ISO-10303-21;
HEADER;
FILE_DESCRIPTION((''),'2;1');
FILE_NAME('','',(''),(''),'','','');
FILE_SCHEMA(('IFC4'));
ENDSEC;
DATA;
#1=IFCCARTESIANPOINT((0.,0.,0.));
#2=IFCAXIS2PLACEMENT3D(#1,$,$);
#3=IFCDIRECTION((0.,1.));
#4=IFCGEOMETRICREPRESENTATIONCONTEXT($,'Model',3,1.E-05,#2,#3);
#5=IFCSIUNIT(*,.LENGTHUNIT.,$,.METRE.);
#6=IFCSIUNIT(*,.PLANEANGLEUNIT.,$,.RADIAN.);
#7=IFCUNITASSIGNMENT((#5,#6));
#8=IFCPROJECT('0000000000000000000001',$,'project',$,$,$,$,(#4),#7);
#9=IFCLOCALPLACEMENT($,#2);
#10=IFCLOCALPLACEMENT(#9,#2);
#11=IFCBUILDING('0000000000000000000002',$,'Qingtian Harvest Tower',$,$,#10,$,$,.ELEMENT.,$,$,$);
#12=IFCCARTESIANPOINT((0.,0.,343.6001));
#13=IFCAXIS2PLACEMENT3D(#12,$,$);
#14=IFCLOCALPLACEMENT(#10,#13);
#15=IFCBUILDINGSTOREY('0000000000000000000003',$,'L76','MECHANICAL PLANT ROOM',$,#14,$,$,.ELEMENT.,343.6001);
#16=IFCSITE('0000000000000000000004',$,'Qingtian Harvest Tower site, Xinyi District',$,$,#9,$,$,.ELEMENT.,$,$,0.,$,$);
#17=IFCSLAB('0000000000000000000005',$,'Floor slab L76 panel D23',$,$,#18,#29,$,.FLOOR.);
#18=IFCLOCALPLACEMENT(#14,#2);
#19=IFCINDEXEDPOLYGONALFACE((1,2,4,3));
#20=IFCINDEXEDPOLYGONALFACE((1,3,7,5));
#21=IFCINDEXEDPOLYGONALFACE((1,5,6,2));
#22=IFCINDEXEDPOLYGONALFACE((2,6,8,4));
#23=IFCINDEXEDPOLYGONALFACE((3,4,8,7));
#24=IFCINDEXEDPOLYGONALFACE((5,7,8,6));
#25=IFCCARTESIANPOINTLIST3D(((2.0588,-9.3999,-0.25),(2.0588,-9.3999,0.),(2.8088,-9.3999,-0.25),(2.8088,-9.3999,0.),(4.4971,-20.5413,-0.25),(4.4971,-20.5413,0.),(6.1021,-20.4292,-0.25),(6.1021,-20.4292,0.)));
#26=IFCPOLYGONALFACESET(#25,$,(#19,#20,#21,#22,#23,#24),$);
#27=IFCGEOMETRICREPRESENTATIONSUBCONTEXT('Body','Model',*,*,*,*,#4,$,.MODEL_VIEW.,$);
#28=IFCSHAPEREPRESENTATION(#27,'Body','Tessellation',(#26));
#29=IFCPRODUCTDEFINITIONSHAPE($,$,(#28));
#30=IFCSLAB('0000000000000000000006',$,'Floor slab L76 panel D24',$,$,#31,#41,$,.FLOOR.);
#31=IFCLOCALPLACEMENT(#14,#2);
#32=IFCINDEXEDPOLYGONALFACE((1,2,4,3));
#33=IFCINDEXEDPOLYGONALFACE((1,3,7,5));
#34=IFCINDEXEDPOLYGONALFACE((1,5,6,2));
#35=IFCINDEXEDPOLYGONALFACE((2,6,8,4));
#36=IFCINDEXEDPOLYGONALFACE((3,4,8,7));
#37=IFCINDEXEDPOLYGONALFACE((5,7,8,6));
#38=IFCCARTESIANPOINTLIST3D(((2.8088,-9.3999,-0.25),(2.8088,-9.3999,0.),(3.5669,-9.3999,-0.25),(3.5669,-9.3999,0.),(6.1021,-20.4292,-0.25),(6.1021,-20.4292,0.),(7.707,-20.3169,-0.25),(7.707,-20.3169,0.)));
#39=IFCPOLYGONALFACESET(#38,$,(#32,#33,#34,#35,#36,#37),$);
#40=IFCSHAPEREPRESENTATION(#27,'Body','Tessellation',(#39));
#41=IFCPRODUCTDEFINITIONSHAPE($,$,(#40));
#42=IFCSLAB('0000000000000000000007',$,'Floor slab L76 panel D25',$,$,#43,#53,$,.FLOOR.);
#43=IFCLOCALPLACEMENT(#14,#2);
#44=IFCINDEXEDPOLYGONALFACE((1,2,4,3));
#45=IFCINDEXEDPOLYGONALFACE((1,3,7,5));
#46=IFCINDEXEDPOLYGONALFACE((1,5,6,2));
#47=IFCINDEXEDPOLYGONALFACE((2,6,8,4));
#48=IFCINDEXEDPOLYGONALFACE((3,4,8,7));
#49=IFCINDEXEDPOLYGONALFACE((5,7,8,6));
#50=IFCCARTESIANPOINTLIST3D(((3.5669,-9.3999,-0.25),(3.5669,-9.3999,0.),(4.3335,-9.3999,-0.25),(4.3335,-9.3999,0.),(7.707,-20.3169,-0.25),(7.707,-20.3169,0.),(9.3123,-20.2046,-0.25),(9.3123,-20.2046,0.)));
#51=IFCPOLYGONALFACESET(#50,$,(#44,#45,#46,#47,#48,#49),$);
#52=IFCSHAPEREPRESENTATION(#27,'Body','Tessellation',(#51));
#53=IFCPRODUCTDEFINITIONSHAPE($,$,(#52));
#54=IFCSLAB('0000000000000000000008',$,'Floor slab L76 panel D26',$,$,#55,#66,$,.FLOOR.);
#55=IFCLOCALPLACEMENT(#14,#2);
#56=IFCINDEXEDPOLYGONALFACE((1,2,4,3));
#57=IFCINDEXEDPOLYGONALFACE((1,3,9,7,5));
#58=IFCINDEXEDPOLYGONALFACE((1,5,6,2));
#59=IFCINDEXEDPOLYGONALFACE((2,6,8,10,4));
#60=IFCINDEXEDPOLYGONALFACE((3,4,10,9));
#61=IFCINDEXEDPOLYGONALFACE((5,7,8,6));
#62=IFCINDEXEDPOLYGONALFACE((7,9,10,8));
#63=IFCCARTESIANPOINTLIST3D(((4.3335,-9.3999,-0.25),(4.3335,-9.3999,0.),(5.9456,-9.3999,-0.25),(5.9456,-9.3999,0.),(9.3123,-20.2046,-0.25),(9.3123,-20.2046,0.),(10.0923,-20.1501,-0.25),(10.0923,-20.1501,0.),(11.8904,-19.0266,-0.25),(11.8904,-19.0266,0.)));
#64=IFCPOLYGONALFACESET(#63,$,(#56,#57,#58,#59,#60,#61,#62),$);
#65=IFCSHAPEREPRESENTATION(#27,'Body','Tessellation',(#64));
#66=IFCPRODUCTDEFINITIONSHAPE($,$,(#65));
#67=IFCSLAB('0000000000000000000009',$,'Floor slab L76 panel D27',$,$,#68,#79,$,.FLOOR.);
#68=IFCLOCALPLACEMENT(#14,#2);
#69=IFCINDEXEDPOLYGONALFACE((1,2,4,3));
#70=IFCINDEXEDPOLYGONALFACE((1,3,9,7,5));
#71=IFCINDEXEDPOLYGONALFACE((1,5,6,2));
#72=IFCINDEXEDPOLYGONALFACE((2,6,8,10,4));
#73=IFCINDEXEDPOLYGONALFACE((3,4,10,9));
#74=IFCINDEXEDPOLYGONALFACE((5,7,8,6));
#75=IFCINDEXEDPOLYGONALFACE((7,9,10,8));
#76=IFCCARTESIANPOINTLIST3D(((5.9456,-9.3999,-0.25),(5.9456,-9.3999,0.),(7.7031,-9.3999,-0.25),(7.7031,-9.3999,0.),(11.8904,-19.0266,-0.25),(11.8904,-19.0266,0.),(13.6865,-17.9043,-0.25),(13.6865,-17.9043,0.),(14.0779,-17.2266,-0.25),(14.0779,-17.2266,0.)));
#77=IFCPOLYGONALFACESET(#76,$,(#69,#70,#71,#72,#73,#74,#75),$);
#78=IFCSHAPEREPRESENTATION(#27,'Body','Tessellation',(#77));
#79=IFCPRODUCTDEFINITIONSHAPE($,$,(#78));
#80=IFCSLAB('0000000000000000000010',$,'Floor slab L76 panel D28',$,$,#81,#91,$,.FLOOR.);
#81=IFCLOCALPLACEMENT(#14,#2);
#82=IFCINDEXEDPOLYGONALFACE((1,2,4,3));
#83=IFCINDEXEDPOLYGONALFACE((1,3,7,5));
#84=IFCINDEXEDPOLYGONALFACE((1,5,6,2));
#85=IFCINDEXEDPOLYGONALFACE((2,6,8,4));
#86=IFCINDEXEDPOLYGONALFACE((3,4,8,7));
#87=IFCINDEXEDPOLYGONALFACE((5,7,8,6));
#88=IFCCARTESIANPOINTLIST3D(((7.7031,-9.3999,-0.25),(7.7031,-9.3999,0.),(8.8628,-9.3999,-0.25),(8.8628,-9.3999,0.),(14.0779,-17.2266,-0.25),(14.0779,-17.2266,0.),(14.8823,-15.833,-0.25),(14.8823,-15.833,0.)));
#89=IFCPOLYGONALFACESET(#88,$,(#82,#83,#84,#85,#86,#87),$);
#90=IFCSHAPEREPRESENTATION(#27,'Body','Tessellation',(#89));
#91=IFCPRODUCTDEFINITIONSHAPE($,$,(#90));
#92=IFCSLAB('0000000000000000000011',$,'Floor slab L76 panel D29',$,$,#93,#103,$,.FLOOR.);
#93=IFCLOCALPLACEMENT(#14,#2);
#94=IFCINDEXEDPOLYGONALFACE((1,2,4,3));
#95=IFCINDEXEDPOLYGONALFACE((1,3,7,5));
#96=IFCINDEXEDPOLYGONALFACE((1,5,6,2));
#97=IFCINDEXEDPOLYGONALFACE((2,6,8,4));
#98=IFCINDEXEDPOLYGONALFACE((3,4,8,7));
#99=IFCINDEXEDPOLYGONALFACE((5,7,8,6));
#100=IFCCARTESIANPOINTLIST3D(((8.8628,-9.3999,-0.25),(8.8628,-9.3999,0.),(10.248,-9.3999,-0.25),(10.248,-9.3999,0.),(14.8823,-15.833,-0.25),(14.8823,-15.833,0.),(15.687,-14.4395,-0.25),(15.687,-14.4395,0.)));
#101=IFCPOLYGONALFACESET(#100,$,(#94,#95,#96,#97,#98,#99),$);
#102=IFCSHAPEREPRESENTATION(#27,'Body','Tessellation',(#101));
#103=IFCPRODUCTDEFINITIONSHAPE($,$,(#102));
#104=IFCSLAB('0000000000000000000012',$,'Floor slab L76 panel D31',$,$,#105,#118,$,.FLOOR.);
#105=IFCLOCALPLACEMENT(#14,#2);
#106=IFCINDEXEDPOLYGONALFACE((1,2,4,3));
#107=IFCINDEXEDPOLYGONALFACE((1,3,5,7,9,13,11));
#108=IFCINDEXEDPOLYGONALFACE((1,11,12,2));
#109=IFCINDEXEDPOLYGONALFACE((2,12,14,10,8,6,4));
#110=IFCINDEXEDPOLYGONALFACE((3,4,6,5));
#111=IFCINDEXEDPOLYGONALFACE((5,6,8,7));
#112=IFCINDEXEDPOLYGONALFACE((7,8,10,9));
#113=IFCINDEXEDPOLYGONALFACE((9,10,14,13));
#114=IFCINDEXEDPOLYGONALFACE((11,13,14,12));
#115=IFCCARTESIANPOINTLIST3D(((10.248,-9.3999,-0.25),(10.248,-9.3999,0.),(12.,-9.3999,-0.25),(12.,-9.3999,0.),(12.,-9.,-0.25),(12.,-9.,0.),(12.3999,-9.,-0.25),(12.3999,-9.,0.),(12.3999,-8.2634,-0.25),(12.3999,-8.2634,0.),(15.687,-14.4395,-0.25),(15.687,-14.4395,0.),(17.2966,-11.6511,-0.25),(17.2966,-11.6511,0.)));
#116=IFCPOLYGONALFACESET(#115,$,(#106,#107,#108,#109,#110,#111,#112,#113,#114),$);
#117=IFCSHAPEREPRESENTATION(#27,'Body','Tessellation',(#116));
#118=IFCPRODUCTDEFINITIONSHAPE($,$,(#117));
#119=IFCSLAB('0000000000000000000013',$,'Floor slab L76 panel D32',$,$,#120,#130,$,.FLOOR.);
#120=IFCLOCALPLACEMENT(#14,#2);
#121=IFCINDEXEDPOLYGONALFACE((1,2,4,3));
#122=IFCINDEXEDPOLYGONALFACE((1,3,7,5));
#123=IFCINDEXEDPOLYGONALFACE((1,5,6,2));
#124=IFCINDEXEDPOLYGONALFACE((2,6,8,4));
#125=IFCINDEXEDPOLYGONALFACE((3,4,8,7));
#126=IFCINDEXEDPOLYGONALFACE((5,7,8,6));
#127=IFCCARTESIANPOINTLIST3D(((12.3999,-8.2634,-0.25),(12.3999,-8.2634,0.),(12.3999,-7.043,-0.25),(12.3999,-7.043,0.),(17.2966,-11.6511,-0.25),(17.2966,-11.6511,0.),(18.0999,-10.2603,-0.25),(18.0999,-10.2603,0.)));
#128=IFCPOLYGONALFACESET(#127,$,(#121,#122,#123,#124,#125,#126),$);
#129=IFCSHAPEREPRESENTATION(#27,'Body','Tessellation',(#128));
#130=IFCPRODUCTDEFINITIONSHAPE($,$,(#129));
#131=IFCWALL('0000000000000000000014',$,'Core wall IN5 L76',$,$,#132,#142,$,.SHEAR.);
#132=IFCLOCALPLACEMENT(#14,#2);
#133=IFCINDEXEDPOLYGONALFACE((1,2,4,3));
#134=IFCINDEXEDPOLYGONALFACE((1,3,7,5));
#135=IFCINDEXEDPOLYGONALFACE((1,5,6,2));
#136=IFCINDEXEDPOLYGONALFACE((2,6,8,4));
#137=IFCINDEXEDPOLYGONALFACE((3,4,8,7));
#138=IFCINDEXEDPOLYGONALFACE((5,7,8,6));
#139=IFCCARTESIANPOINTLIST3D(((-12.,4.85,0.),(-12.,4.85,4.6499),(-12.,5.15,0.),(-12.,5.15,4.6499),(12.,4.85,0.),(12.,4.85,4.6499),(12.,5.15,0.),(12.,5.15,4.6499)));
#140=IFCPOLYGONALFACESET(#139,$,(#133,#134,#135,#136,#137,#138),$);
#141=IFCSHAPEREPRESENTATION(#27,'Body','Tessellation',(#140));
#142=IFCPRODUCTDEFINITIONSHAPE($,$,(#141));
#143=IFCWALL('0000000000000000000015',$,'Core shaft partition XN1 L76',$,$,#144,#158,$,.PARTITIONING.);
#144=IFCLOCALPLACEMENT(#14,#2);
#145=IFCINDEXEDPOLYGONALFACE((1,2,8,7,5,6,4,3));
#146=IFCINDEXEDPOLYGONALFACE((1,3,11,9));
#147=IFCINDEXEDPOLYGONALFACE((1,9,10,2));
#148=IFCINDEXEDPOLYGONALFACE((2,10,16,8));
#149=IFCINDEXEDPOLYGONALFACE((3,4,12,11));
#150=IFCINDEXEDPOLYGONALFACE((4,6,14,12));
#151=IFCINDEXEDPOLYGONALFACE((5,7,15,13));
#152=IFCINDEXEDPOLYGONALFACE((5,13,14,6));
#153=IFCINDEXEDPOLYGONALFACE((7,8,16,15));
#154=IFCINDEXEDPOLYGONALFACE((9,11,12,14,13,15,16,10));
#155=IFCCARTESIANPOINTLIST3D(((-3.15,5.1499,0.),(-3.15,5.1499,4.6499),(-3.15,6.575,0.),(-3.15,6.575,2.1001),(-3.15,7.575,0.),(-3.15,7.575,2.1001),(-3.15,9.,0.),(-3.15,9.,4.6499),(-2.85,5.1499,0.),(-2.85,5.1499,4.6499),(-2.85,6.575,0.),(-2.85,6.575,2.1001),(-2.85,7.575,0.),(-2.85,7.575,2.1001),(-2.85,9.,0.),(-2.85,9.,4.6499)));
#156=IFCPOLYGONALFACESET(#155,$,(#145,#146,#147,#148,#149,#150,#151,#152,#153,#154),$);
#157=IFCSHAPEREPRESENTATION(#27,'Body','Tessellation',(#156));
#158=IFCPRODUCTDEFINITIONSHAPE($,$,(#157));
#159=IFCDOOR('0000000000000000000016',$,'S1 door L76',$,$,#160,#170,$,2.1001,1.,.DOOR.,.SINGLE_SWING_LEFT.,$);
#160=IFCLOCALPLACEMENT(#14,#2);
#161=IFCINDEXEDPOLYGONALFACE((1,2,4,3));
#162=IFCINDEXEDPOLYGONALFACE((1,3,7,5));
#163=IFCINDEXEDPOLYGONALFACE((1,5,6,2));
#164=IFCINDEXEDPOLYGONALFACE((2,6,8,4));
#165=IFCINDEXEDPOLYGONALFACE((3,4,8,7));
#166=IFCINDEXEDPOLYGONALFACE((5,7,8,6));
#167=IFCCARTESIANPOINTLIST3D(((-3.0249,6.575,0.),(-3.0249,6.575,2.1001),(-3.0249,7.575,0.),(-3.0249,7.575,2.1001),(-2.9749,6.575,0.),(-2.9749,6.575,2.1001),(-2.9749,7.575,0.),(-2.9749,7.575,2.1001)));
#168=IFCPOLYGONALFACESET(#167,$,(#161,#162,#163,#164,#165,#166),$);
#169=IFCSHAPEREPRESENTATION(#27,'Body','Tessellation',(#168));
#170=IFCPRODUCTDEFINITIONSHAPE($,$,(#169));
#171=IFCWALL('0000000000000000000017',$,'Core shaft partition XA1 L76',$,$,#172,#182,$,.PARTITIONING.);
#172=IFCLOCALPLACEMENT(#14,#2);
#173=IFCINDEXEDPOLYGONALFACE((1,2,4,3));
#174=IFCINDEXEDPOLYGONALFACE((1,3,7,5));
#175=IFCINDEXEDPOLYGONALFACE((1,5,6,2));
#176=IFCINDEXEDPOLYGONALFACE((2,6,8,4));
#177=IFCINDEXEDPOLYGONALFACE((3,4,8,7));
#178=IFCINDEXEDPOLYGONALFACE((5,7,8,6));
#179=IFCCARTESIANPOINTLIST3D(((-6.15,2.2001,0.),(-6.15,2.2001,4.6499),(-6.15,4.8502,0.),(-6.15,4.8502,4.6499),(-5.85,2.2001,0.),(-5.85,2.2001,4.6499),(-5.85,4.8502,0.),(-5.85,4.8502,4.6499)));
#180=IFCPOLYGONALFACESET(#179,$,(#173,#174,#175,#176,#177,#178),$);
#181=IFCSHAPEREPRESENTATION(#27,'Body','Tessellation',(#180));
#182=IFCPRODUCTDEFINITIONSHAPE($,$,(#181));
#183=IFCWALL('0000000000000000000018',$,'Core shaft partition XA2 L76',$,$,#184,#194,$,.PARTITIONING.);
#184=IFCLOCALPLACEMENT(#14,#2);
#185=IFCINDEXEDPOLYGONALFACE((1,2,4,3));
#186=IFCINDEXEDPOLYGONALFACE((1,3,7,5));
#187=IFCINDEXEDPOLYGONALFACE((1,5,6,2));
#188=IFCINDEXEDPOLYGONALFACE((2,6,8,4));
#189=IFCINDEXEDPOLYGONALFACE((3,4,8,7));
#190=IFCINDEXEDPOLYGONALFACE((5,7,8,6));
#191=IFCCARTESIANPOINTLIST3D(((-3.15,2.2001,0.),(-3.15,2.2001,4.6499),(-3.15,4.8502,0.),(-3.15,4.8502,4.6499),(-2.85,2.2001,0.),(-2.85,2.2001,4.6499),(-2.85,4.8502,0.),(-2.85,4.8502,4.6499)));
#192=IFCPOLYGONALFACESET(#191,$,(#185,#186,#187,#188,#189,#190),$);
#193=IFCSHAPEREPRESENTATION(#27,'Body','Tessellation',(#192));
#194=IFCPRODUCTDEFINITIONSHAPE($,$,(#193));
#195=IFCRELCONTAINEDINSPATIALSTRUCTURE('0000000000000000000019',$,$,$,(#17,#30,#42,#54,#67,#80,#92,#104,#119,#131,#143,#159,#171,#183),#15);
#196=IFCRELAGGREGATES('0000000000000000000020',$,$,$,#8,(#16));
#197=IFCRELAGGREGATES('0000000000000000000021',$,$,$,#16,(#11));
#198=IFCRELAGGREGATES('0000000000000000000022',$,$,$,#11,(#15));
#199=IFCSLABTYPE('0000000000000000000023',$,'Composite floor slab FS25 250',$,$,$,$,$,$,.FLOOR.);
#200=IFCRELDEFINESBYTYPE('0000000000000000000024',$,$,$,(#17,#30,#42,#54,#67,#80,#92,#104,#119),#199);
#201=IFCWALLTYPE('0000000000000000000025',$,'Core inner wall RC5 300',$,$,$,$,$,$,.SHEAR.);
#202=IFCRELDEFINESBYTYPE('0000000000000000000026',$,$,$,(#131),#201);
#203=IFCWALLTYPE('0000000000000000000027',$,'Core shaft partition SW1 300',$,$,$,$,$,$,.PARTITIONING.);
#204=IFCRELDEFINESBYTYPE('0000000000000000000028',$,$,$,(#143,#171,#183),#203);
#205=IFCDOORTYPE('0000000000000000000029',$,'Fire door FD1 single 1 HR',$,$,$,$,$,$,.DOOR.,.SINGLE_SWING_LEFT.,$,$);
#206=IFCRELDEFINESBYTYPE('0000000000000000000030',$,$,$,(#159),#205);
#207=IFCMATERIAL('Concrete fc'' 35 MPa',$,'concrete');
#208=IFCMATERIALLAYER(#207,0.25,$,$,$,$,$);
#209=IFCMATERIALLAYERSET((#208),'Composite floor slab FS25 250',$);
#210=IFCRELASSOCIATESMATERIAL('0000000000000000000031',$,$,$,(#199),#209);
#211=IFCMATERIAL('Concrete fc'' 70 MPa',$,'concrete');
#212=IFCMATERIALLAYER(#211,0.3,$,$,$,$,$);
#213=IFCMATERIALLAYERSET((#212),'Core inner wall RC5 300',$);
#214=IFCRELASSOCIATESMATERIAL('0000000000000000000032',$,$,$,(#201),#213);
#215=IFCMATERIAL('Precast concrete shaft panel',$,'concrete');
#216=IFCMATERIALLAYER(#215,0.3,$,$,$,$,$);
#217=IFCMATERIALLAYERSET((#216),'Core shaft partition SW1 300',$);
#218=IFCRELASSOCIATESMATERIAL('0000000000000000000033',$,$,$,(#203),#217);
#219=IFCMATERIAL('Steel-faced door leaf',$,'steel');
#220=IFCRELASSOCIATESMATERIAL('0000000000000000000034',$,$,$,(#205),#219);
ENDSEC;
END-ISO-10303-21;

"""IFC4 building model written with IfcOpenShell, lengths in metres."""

from ifc_helpers import new_model, si_unit, direction, frame, frame_2d, origin, place, context, subcontext, project, spatial, polyline, rectangle, outline, extrude, material, layer, layer_set, type_object, element, fill, save


model = new_model("IFC4")

# Units and contexts
model_context = context("Model", 3, precision=1e-05, world=origin(), true_north=direction((0.0, 1.0)))
body_context = subcontext(model_context, "Body", "Model", "MODEL_VIEW")
ifc_project = project(units=[si_unit("LENGTHUNIT", "METRE"), si_unit("PLANEANGLEUNIT", "RADIAN")], contexts=[model_context])

# Site, building, storey
site_placement = place(None, origin())
site = spatial("IfcSite", under=ifc_project, at=site_placement, Name="Qingtian Harvest Tower site, Xinyi District", CompositionType="ELEMENT", RefElevation=0.0)
building_placement = place(site_placement, origin())
building = spatial("IfcBuilding", under=site, at=building_placement, Name="Qingtian Harvest Tower", CompositionType="ELEMENT")
storey_placement = place(building_placement, frame((0.0, 0.0, 343.6001)))
storey = spatial("IfcBuildingStorey", under=building, at=storey_placement, Name="L76", Description="MECHANICAL PLANT ROOM", CompositionType="ELEMENT", Elevation=343.6001)

# Slabs
ifc_material_1 = material(Name="Concrete fc' 35 MPa", Category="concrete")
ifc_layer_1 = layer(ifc_material_1, 0.25)
ifc_layer_set_1 = layer_set([ifc_layer_1], Name="Composite floor slab FS25 250")
slab_type = type_object("IfcSlabType", Name="Composite floor slab FS25 250", PredefinedType="FLOOR", material=ifc_layer_set_1)
slab_1_placement = place(storey_placement, frame((0.0, 0.0, -0.25)))
element("IfcSlab", 1, at=slab_1_placement, inside=storey, type_object=slab_type, Name="Floor slab L76 panel D23", PredefinedType="FLOOR", context=body_context, shape_type="SweptSolid", body=[
    extrude(outline(polyline([(2.8088, -9.3999), (6.1021, -20.4292), (4.4971, -20.5413), (2.0588, -9.3999), (2.8088, -9.3999)])), origin(), (0.0, 0.0, 1.0), 0.25),
])
slab_2_placement = place(storey_placement, frame((0.0, 0.0, -0.25)))
element("IfcSlab", 2, at=slab_2_placement, inside=storey, type_object=slab_type, Name="Floor slab L76 panel D24", PredefinedType="FLOOR", context=body_context, shape_type="SweptSolid", body=[
    extrude(outline(polyline([(3.5669, -9.3999), (7.707, -20.3169), (6.1021, -20.4292), (2.8088, -9.3999), (3.5669, -9.3999)])), origin(), (0.0, 0.0, 1.0), 0.25),
])
slab_3_placement = place(storey_placement, frame((0.0, 0.0, -0.25)))
element("IfcSlab", 3, at=slab_3_placement, inside=storey, type_object=slab_type, Name="Floor slab L76 panel D25", PredefinedType="FLOOR", context=body_context, shape_type="SweptSolid", body=[
    extrude(outline(polyline([(4.3335, -9.3999), (9.3123, -20.2046), (7.707, -20.3169), (3.5669, -9.3999), (4.3335, -9.3999)])), origin(), (0.0, 0.0, 1.0), 0.25),
])
slab_4_placement = place(storey_placement, frame((0.0, 0.0, -0.25)))
element("IfcSlab", 4, at=slab_4_placement, inside=storey, type_object=slab_type, Name="Floor slab L76 panel D26", PredefinedType="FLOOR", context=body_context, shape_type="SweptSolid", body=[
    extrude(outline(polyline([(4.3335, -9.3999), (5.9456, -9.3999), (11.8904, -19.0266), (10.0923, -20.1501), (9.3123, -20.2046), (4.3335, -9.3999)])), origin(), (0.0, 0.0, 1.0), 0.25),
])
slab_5_placement = place(storey_placement, frame((0.0, 0.0, -0.25)))
element("IfcSlab", 5, at=slab_5_placement, inside=storey, type_object=slab_type, Name="Floor slab L76 panel D27", PredefinedType="FLOOR", context=body_context, shape_type="SweptSolid", body=[
    extrude(outline(polyline([(5.9456, -9.3999), (7.7031, -9.3999), (14.0779, -17.2266), (13.6865, -17.9043), (11.8904, -19.0266), (5.9456, -9.3999)])), origin(), (0.0, 0.0, 1.0), 0.25),
])
slab_6_placement = place(storey_placement, frame((0.0, 0.0, -0.25)))
element("IfcSlab", 6, at=slab_6_placement, inside=storey, type_object=slab_type, Name="Floor slab L76 panel D28", PredefinedType="FLOOR", context=body_context, shape_type="SweptSolid", body=[
    extrude(outline(polyline([(8.8628, -9.3999), (14.8823, -15.833), (14.0779, -17.2266), (7.7031, -9.3999), (8.8628, -9.3999)])), origin(), (0.0, 0.0, 1.0), 0.25),
])
slab_7_placement = place(storey_placement, frame((0.0, 0.0, -0.25)))
element("IfcSlab", 7, at=slab_7_placement, inside=storey, type_object=slab_type, Name="Floor slab L76 panel D29", PredefinedType="FLOOR", context=body_context, shape_type="SweptSolid", body=[
    extrude(outline(polyline([(10.248, -9.3999), (15.687, -14.4395), (14.8823, -15.833), (8.8628, -9.3999), (10.248, -9.3999)])), origin(), (0.0, 0.0, 1.0), 0.25),
])
slab_8_placement = place(storey_placement, frame((0.0, 0.0, -0.25)))
element("IfcSlab", 8, at=slab_8_placement, inside=storey, type_object=slab_type, Name="Floor slab L76 panel D31", PredefinedType="FLOOR", context=body_context, shape_type="SweptSolid", body=[
    extrude(outline(polyline([(12.3999, -8.2634), (17.2966, -11.6511), (15.687, -14.4395), (10.248, -9.3999), (12.0, -9.3999), (12.0, -9.0), (12.3999, -9.0), (12.3999, -8.2634)])), origin(), (0.0, 0.0, 1.0), 0.25),
])
slab_9_placement = place(storey_placement, frame((0.0, 0.0, -0.25)))
element("IfcSlab", 9, at=slab_9_placement, inside=storey, type_object=slab_type, Name="Floor slab L76 panel D32", PredefinedType="FLOOR", context=body_context, shape_type="SweptSolid", body=[
    extrude(outline(polyline([(12.3999, -7.043), (18.0999, -10.2603), (17.2966, -11.6511), (12.3999, -8.2634), (12.3999, -7.043)])), origin(), (0.0, 0.0, 1.0), 0.25),
])

# Wall
ifc_material_2 = material(Name="Concrete fc' 70 MPa", Category="concrete")
ifc_layer_2 = layer(ifc_material_2, 0.3)
ifc_layer_set_2 = layer_set([ifc_layer_2], Name="Core inner wall RC5 300")
wall_type_1 = type_object("IfcWallType", Name="Core inner wall RC5 300", PredefinedType="SHEAR", material=ifc_layer_set_2)
wall_1_placement = place(storey_placement, frame((-12.0, 5.0, 0.0), z_axis=(0.0, 0.0, 1.0), x_axis=(1.0, 0.0, 0.0)))
element("IfcWall", 10, at=wall_1_placement, inside=storey, type_object=wall_type_1, Name="Core wall IN5 L76", PredefinedType="SHEAR", context=body_context, shape_type="SweptSolid", body=[
    extrude(rectangle(XDim=24.0, YDim=0.3, at=frame_2d((12.0, 0.0))), origin(), (0.0, 0.0, 1.0), 4.6499),
])

# Wall, opening, door
ifc_material_3 = material(Name="Precast concrete shaft panel", Category="concrete")
ifc_layer_3 = layer(ifc_material_3, 0.3)
ifc_layer_set_3 = layer_set([ifc_layer_3], Name="Core shaft partition SW1 300")
wall_type_2 = type_object("IfcWallType", Name="Core shaft partition SW1 300", PredefinedType="PARTITIONING", material=ifc_layer_set_3)
wall_2_placement = place(storey_placement, frame((-3.0, 5.1499, 0.0), z_axis=(0.0, 0.0, 1.0), x_axis=(0.0, 1.0, 0.0)))
wall_2 = element("IfcWall", 11, at=wall_2_placement, inside=storey, type_object=wall_type_2, Name="Core shaft partition XN1 L76", PredefinedType="PARTITIONING", context=body_context, shape_type="SweptSolid", body=[
    extrude(rectangle(XDim=3.8501, YDim=0.3, at=frame_2d((1.925, 0.0))), origin(), (0.0, 0.0, 1.0), 4.6499),
])
opening_1_placement = place(wall_2_placement, frame((1.425, 0.0, 0.0)))
opening_1 = element("IfcOpeningElement", 12, at=opening_1_placement, cuts=wall_2, PredefinedType="OPENING", context=body_context, shape_type="SweptSolid", body=[
    extrude(rectangle(XDim=1.0, YDim=2.1001, at=frame_2d((0.5, 1.05))), frame((0.0, 0.1599, 0.0), z_axis=(0.0, -1.0, 0.0), x_axis=(1.0, 0.0, 0.0)), (0.0, 0.0, 1.0), 0.3201),
])
ifc_material_4 = material(Name="Steel-faced door leaf", Category="steel")
door_type_1 = type_object("IfcDoorType", Name="Fire door FD1 single 1 HR", OperationType="SINGLE_SWING_LEFT", PredefinedType="DOOR", material=ifc_material_4)
door_1_placement = place(opening_1_placement, origin())
door_1 = element("IfcDoor", 13, at=door_1_placement, inside=storey, type_object=door_type_1, Name="S1 door L76", OperationType="SINGLE_SWING_LEFT", OverallHeight=2.1001, OverallWidth=1.0, PredefinedType="DOOR", context=body_context, shape_type="SweptSolid", body=[
    extrude(rectangle(XDim=1.0, YDim=2.1001, at=frame_2d((0.5, 1.05))), frame((0.0, 0.0249, 0.0), z_axis=(0.0, -1.0, 0.0), x_axis=(1.0, 0.0, 0.0)), (0.0, 0.0, 1.0), 0.05),
])
fill(opening_1, door_1)

# Walls
for number, where, z_axis, x_axis, name in (
    (14, (-6.0, 2.2, 0.0), (0.0, 0.0, 1.0), (0.0, 1.0, 0.0), "Core shaft partition XA1 L76"),
    (15, (-3.0, 2.2, 0.0), (0.0, 0.0, 1.0), (0.0, 1.0, 0.0), "Core shaft partition XA2 L76"),
):
    element("IfcWall", number, at=place(storey_placement, frame(where, z_axis=z_axis, x_axis=x_axis)), inside=storey, type_object=wall_type_2, Name=name, PredefinedType="PARTITIONING", context=body_context, shape_type="SweptSolid", body=[
        extrude(rectangle(XDim=2.6501, YDim=0.3, at=frame_2d((1.3252, 0.0))), origin(), (0.0, 0.0, 1.0), 4.6499),
    ])

save(model, "model.ifc")
